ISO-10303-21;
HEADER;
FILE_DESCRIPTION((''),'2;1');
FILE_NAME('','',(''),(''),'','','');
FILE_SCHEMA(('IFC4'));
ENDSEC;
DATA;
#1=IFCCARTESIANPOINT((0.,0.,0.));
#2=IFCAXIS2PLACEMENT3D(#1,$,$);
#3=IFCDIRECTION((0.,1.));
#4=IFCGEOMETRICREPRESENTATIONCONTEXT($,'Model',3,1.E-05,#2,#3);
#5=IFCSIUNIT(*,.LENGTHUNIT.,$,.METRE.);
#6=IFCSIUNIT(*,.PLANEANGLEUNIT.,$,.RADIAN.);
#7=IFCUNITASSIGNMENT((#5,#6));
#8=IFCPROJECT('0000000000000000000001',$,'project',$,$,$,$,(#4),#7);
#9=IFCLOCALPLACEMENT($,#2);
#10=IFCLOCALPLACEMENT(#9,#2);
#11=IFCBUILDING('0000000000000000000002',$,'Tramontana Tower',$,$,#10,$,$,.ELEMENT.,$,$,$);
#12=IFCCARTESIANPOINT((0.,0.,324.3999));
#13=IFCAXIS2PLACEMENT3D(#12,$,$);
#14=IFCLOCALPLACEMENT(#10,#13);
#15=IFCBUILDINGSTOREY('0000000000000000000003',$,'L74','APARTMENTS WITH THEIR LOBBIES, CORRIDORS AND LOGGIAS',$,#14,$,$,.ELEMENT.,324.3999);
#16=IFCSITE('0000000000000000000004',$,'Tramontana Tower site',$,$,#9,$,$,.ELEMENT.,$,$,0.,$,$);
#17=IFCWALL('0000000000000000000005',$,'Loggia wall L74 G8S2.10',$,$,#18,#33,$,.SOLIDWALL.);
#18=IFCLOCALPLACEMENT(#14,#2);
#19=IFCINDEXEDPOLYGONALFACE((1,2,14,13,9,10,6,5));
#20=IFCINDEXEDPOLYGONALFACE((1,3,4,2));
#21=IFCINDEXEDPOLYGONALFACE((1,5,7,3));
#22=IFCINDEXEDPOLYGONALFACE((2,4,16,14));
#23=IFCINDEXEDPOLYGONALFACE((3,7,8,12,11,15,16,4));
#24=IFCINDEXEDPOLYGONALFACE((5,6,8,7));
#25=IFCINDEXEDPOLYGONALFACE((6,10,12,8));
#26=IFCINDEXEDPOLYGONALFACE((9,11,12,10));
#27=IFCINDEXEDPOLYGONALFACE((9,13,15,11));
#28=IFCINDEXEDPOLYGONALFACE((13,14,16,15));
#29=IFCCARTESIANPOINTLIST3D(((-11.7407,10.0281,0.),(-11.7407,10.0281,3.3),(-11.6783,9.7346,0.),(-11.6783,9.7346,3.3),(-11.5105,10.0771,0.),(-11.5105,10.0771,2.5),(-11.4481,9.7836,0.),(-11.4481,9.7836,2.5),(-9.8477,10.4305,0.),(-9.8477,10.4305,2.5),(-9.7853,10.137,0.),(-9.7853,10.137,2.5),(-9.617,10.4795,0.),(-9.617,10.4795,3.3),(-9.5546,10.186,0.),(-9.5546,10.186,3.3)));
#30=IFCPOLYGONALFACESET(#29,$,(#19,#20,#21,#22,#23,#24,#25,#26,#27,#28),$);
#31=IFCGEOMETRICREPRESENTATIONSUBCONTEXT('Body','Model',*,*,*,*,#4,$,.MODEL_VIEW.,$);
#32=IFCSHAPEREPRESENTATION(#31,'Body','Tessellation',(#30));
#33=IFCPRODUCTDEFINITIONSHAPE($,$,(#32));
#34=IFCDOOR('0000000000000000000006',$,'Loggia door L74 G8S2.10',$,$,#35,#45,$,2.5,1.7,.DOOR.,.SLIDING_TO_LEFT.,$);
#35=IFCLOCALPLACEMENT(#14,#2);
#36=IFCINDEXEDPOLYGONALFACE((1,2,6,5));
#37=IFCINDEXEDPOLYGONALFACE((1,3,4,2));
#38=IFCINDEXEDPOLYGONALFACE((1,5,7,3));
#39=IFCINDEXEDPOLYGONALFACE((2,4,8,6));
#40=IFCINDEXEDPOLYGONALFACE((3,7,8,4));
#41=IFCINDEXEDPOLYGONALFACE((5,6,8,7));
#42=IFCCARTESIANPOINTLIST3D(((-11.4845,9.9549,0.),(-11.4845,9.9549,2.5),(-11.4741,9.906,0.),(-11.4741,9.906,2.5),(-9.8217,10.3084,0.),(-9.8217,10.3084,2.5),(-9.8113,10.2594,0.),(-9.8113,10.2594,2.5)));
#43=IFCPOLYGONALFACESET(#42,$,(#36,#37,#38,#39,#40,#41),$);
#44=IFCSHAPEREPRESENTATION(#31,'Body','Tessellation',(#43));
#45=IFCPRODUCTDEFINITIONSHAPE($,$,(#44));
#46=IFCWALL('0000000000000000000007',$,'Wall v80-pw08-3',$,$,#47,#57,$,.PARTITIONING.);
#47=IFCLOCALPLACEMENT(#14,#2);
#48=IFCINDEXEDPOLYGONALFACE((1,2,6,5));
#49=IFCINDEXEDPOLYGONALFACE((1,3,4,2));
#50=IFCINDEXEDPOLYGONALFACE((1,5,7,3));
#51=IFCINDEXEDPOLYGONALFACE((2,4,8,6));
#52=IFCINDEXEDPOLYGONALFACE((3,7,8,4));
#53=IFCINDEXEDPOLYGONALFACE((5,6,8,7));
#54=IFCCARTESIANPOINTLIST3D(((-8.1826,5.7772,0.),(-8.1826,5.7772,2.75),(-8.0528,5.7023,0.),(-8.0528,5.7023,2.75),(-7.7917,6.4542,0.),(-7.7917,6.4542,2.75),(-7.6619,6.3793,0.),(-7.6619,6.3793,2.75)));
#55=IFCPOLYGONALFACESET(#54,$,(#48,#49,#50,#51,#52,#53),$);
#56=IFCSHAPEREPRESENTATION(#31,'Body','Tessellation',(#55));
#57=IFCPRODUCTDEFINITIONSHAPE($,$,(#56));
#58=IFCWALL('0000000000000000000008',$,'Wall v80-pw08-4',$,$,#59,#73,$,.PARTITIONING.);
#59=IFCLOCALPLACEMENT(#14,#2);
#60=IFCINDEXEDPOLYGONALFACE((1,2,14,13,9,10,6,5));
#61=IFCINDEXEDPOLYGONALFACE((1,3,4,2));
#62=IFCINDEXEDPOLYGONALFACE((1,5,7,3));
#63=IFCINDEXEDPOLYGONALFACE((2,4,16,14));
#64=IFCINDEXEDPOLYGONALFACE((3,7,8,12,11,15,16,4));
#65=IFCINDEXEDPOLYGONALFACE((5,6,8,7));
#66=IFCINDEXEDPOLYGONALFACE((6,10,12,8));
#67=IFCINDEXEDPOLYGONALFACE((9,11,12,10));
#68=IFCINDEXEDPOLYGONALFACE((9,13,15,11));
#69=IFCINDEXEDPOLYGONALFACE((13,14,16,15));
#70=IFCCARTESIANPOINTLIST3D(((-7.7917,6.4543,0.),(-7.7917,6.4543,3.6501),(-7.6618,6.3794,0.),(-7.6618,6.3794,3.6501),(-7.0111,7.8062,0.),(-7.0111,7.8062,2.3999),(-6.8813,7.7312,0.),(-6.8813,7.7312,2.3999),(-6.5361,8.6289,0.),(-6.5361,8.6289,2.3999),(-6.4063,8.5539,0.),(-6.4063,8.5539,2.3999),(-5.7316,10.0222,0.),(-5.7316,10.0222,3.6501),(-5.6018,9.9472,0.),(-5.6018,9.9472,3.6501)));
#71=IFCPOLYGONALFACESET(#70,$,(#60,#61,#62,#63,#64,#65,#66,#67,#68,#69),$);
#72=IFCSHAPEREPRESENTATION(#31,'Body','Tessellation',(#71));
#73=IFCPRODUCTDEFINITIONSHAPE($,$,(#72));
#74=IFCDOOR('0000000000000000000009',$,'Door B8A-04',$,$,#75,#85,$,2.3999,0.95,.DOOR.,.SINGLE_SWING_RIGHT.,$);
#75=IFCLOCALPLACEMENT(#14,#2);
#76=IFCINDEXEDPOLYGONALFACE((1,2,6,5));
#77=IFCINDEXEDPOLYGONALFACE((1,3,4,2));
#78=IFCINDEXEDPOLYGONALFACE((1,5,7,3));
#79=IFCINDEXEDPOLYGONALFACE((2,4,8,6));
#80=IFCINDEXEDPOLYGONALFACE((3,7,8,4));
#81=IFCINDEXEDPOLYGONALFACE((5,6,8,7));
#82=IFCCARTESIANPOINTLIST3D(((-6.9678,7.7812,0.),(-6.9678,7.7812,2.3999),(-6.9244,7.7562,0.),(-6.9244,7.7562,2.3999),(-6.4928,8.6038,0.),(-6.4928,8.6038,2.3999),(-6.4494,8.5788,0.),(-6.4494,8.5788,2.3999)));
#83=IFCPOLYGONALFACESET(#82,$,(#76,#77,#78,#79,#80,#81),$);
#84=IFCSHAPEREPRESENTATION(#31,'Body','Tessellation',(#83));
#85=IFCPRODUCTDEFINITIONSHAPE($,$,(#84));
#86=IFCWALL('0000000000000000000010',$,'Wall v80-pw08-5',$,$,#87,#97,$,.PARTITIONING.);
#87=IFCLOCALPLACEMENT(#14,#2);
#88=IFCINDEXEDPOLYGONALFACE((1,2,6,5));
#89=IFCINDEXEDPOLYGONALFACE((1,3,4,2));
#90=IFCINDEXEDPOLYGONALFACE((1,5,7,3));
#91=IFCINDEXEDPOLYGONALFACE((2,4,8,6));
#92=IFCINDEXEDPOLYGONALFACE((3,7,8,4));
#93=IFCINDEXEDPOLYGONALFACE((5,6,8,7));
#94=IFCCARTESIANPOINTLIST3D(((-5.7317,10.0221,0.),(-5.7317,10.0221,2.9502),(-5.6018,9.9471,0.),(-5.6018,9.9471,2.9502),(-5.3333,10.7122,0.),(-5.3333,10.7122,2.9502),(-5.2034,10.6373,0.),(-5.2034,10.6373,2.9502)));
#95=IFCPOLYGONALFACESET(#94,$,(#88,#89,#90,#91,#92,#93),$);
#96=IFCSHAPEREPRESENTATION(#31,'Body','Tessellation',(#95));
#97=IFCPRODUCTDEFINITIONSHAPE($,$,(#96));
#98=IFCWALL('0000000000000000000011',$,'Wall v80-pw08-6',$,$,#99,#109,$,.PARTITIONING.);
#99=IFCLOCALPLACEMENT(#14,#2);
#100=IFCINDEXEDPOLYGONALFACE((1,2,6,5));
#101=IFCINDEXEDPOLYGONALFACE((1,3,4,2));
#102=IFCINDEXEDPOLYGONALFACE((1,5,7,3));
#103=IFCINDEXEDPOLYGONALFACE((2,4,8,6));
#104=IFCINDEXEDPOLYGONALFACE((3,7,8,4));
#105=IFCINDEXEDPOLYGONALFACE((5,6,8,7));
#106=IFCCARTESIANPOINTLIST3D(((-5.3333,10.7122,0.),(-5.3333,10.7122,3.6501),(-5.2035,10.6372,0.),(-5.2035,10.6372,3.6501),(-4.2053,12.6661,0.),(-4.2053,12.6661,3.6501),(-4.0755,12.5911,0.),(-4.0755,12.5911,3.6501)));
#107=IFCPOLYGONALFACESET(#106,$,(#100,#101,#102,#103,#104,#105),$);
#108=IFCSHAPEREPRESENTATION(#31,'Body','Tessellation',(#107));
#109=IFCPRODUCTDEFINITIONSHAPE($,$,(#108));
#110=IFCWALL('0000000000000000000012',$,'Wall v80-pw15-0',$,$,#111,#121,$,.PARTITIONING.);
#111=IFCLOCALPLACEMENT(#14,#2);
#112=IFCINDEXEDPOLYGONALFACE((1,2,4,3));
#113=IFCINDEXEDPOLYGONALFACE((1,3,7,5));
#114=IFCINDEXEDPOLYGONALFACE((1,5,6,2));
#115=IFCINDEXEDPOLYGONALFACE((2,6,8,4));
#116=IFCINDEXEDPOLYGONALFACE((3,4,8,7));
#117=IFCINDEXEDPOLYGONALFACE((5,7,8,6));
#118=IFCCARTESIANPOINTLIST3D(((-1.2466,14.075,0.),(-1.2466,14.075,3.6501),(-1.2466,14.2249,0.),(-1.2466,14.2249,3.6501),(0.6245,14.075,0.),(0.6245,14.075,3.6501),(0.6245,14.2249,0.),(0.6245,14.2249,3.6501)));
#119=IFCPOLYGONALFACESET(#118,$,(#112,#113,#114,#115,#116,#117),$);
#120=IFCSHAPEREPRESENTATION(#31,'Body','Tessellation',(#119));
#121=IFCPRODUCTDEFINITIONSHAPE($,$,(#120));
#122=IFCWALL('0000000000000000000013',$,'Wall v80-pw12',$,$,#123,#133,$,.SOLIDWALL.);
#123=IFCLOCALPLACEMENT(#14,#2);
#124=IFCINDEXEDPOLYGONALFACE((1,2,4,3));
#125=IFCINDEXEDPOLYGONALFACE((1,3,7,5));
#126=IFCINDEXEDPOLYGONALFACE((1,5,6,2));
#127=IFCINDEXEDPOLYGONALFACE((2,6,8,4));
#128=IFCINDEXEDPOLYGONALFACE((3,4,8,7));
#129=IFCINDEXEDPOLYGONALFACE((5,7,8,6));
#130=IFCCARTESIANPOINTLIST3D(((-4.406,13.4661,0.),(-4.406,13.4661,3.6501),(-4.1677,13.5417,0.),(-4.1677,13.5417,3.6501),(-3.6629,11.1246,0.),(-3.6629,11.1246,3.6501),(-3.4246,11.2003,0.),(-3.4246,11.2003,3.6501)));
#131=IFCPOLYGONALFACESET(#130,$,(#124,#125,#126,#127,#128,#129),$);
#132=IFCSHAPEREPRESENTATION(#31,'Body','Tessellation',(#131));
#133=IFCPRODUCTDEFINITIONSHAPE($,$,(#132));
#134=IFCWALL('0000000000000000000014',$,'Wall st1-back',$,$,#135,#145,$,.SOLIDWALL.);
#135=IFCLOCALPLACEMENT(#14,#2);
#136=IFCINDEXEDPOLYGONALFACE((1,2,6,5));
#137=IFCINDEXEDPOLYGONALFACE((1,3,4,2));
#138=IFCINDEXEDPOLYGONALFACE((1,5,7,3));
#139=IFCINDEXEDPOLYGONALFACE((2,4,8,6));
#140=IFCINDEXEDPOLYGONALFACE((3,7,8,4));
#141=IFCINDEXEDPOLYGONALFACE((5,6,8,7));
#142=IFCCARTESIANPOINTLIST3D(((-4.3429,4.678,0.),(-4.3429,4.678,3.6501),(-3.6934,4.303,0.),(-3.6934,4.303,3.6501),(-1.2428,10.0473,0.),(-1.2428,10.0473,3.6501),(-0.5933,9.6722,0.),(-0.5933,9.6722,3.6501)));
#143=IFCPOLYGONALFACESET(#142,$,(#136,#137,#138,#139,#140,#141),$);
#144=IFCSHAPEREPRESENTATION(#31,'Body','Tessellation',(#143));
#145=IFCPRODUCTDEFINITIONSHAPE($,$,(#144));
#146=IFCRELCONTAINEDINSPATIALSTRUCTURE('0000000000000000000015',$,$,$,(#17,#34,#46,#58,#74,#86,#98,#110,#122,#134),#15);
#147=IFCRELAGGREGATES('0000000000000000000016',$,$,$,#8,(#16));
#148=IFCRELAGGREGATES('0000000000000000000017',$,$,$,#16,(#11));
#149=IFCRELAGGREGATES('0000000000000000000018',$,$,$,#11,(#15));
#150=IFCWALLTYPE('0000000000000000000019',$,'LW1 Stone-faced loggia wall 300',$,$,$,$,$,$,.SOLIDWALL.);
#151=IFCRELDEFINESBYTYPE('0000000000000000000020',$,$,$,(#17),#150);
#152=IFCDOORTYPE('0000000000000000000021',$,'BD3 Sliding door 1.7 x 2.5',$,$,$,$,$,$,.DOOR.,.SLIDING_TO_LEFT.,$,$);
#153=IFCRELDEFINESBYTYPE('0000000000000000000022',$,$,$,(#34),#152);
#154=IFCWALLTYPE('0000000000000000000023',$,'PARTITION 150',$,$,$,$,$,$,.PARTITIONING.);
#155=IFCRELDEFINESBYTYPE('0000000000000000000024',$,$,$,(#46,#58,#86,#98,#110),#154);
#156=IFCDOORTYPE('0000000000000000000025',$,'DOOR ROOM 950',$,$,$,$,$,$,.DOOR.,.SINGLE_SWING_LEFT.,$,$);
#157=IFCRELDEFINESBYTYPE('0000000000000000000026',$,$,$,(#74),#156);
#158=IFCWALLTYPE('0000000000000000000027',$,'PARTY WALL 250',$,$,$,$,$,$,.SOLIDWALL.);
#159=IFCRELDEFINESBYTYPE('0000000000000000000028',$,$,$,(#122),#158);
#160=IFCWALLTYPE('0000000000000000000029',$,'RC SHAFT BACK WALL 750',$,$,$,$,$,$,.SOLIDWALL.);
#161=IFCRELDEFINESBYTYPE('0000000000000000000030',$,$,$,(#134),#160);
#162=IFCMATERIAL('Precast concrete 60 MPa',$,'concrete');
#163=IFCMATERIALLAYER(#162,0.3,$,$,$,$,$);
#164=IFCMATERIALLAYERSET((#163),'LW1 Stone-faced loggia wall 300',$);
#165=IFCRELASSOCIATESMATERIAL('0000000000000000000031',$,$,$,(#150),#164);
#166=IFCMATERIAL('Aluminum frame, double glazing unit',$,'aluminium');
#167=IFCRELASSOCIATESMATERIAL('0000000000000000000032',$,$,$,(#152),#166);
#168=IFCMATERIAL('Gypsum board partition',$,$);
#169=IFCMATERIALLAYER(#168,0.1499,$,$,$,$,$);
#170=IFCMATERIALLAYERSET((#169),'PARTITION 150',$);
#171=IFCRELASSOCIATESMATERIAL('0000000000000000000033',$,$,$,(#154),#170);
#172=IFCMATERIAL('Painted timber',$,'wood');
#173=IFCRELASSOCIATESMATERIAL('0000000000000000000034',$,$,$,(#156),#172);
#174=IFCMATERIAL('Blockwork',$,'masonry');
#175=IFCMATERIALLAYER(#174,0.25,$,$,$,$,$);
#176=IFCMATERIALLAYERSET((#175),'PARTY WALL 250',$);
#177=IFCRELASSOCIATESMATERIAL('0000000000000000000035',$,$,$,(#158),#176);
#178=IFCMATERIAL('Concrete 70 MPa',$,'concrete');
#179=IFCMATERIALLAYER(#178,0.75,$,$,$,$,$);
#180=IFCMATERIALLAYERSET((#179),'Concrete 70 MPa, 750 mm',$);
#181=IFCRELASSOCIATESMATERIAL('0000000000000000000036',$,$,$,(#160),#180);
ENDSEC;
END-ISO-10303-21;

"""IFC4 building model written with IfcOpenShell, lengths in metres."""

from ifc_helpers import new_model, si_unit, direction, frame, frame_2d, origin, place, context, subcontext, project, spatial, rectangle, extrude, material, layer, layer_set, type_object, element, fill, save


model = new_model("IFC4")

# Units and contexts
model_context = context("Model", 3, precision=1e-05, world=origin(), true_north=direction((0.0, 1.0)))
body_context = subcontext(model_context, "Body", "Model", "MODEL_VIEW")
ifc_project = project(units=[si_unit("LENGTHUNIT", "METRE"), si_unit("PLANEANGLEUNIT", "RADIAN")], contexts=[model_context])

# Site, building, storey
site_placement = place(None, origin())
site = spatial("IfcSite", under=ifc_project, at=site_placement, Name="Tramontana Tower site", CompositionType="ELEMENT", RefElevation=0.0)
building_placement = place(site_placement, origin())
building = spatial("IfcBuilding", under=site, at=building_placement, Name="Tramontana Tower", CompositionType="ELEMENT")
storey_placement = place(building_placement, frame((0.0, 0.0, 324.3999)))
storey = spatial("IfcBuildingStorey", under=building, at=storey_placement, Name="L74", Description="APARTMENTS WITH THEIR LOBBIES, CORRIDORS AND LOGGIAS", CompositionType="ELEMENT", Elevation=324.3999)

# Wall, opening, door
ifc_material_1 = material(Name="Precast concrete 60 MPa", Category="concrete")
ifc_layer_1 = layer(ifc_material_1, 0.3)
ifc_layer_set_1 = layer_set([ifc_layer_1], Name="LW1 Stone-faced loggia wall 300")
wall_type_1 = type_object("IfcWallType", Name="LW1 Stone-faced loggia wall 300", PredefinedType="SOLIDWALL", material=ifc_layer_set_1)
wall_1_placement = place(storey_placement, frame((-9.5859, 10.3328, 0.0), z_axis=(0.0, 0.0, 1.0), x_axis=(-0.978148, -0.207909, 0.0)))
wall_1 = element("IfcWall", 1, at=wall_1_placement, inside=storey, type_object=wall_type_1, Name="Loggia wall L74 G8S2.10", PredefinedType="SOLIDWALL", context=body_context, shape_type="SweptSolid", body=[
    extrude(rectangle(XDim=2.1711, YDim=0.3, at=frame_2d((1.0854, 0.0))), origin(), (0.0, 0.0, 1.0), 3.3),
])
opening_1_placement = place(wall_1_placement, frame((0.2356, 0.0, 0.0)))
opening_1 = element("IfcOpeningElement", 2, at=opening_1_placement, cuts=wall_1, PredefinedType="OPENING", context=body_context, shape_type="SweptSolid", body=[
    extrude(rectangle(XDim=1.7, YDim=2.5, at=frame_2d((0.8501, 1.25))), frame((0.0, 0.1599, 0.0), z_axis=(0.0, -1.0, 0.0), x_axis=(1.0, 0.0, 0.0)), (0.0, 0.0, 1.0), 0.3201),
])
ifc_material_2 = material(Name="Aluminum frame, double glazing unit", Category="aluminium")
door_type_1 = type_object("IfcDoorType", Name="BD3 Sliding door 1.7 x 2.5", OperationType="SLIDING_TO_LEFT", PredefinedType="DOOR", material=ifc_material_2)
door_1_placement = place(opening_1_placement, origin())
door_1 = element("IfcDoor", 3, at=door_1_placement, inside=storey, type_object=door_type_1, Name="Loggia door L74 G8S2.10", OperationType="SLIDING_TO_LEFT", OverallHeight=2.5, OverallWidth=1.7, PredefinedType="DOOR", context=body_context, shape_type="SweptSolid", body=[
    extrude(rectangle(XDim=1.7, YDim=2.5, at=frame_2d((0.8501, 1.25))), frame((0.0, 0.0249, 0.0), z_axis=(0.0, -1.0, 0.0), x_axis=(1.0, 0.0, 0.0)), (0.0, 0.0, 1.0), 0.05),
])
fill(opening_1, door_1)

# Wall
ifc_material_3 = material(Name="Gypsum board partition")
ifc_layer_2 = layer(ifc_material_3, 0.1499)
ifc_layer_set_2 = layer_set([ifc_layer_2], Name="PARTITION 150")
wall_type_2 = type_object("IfcWallType", Name="PARTITION 150", PredefinedType="PARTITIONING", material=ifc_layer_set_2)
wall_2_placement = place(storey_placement, frame((-8.1177, 5.7397, 0.0), z_axis=(0.0, 0.0, 1.0), x_axis=(0.500002, 0.866024, 0.0)))
element("IfcWall", 4, at=wall_2_placement, inside=storey, type_object=wall_type_2, Name="Wall v80-pw08-3", PredefinedType="PARTITIONING", context=body_context, shape_type="SweptSolid", body=[
    extrude(rectangle(XDim=0.7817, YDim=0.1499, at=frame_2d((0.3909, 0.0))), origin(), (0.0, 0.0, 1.0), 2.75),
])

# Wall, opening, door
wall_3_placement = place(storey_placement, frame((-7.7268, 6.4167, 0.0), z_axis=(0.0, 0.0, 1.0), x_axis=(0.500027, 0.86601, 0.0)))
wall_3 = element("IfcWall", 5, at=wall_3_placement, inside=storey, type_object=wall_type_2, Name="Wall v80-pw08-4", PredefinedType="PARTITIONING", context=body_context, shape_type="SweptSolid", body=[
    extrude(rectangle(XDim=4.1199, YDim=0.1499, at=frame_2d((2.0601, 0.0))), origin(), (0.0, 0.0, 1.0), 3.6501),
])
opening_2_placement = place(wall_3_placement, frame((1.561, 0.0, 0.0)))
opening_2 = element("IfcOpeningElement", 6, at=opening_2_placement, cuts=wall_3, PredefinedType="OPENING", context=body_context, shape_type="SweptSolid", body=[
    extrude(rectangle(XDim=0.95, YDim=2.3999, at=frame_2d((0.4751, 1.2))), frame((0.0, 0.085, 0.0), z_axis=(0.0, -1.0, 0.0), x_axis=(1.0, 0.0, 0.0)), (0.0, 0.0, 1.0), 0.1699),
])
ifc_material_4 = material(Name="Painted timber", Category="wood")
door_type_2 = type_object("IfcDoorType", Name="DOOR ROOM 950", OperationType="SINGLE_SWING_LEFT", PredefinedType="DOOR", material=ifc_material_4)
door_2_placement = place(opening_2_placement, origin())
door_2 = element("IfcDoor", 7, at=door_2_placement, inside=storey, type_object=door_type_2, Name="Door B8A-04", OperationType="SINGLE_SWING_RIGHT", OverallHeight=2.3999, OverallWidth=0.95, PredefinedType="DOOR", context=body_context, shape_type="SweptSolid", body=[
    extrude(rectangle(XDim=0.95, YDim=2.3999, at=frame_2d((0.4751, 1.2))), frame((0.0, 0.0249, 0.0), z_axis=(0.0, -1.0, 0.0), x_axis=(1.0, 0.0, 0.0)), (0.0, 0.0, 1.0), 0.05),
])
fill(opening_2, door_2)

# Walls
wall_4_placement = place(storey_placement, frame((-5.6667, 9.9846, 0.0), z_axis=(0.0, 0.0, 1.0), x_axis=(0.499961, 0.866048, 0.0)))
element("IfcWall", 8, at=wall_4_placement, inside=storey, type_object=wall_type_2, Name="Wall v80-pw08-5", PredefinedType="PARTITIONING", context=body_context, shape_type="SweptSolid", body=[
    extrude(rectangle(XDim=0.7969, YDim=0.1499, at=frame_2d((0.3984, 0.0))), origin(), (0.0, 0.0, 1.0), 2.9502),
])
wall_5_placement = place(storey_placement, frame((-5.2683, 10.6748, 0.0), z_axis=(0.0, 0.0, 1.0), x_axis=(0.499957, 0.86605, 0.0)))
element("IfcWall", 9, at=wall_5_placement, inside=storey, type_object=wall_type_2, Name="Wall v80-pw08-6", PredefinedType="PARTITIONING", context=body_context, shape_type="SweptSolid", body=[
    extrude(rectangle(XDim=2.2561, YDim=0.1499, at=frame_2d((1.1279, 0.0))), origin(), (0.0, 0.0, 1.0), 3.6501),
])

# Walls
wall_6_placement = place(storey_placement, frame((-1.2466, 14.1499, 0.0), z_axis=(0.0, 0.0, 1.0), x_axis=(1.0, 0.0, 0.0)))
element("IfcWall", 10, at=wall_6_placement, inside=storey, type_object=wall_type_2, Name="Wall v80-pw15-0", PredefinedType="PARTITIONING", context=body_context, shape_type="SweptSolid", body=[
    extrude(rectangle(XDim=1.8711, YDim=0.1499, at=frame_2d((0.9355, 0.0))), origin(), (0.0, 0.0, 1.0), 3.6501),
])
ifc_material_5 = material(Name="Blockwork", Category="masonry")
ifc_layer_3 = layer(ifc_material_5, 0.25)
ifc_layer_set_3 = layer_set([ifc_layer_3], Name="PARTY WALL 250")
wall_type_3 = type_object("IfcWallType", Name="PARTY WALL 250", PredefinedType="SOLIDWALL", material=ifc_layer_set_3)
wall_7_placement = place(storey_placement, frame((-4.2869, 13.5039, 0.0), z_axis=(0.0, 0.0, 1.0), x_axis=(0.30251, -0.953146, 0.0)))
element("IfcWall", 11, at=wall_7_placement, inside=storey, type_object=wall_type_3, Name="Wall v80-pw12", PredefinedType="SOLIDWALL", context=body_context, shape_type="SweptSolid", body=[
    extrude(rectangle(XDim=2.4565, YDim=0.25, at=frame_2d((1.2283, 0.0))), origin(), (0.0, 0.0, 1.0), 3.6501),
])
ifc_material_6 = material(Name="Concrete 70 MPa", Category="concrete")
ifc_layer_4 = layer(ifc_material_6, 0.75)
ifc_layer_set_4 = layer_set([ifc_layer_4], Name="Concrete 70 MPa, 750 mm")
wall_type_4 = type_object("IfcWallType", Name="RC SHAFT BACK WALL 750", PredefinedType="SOLIDWALL", material=ifc_layer_set_4)
wall_8_placement = place(storey_placement, frame((-0.918, 9.8599, 0.0), z_axis=(0.0, 0.0, 1.0), x_axis=(-0.500027, -0.86601, 0.0)))
element("IfcWall", 12, at=wall_8_placement, inside=storey, type_object=wall_type_4, Name="Wall st1-back", PredefinedType="SOLIDWALL", context=body_context, shape_type="SweptSolid", body=[
    extrude(rectangle(XDim=6.2, YDim=0.75, at=frame_2d((3.1001, 0.0))), origin(), (0.0, 0.0, 1.0), 3.6501),
])

save(model, "model.ifc")
